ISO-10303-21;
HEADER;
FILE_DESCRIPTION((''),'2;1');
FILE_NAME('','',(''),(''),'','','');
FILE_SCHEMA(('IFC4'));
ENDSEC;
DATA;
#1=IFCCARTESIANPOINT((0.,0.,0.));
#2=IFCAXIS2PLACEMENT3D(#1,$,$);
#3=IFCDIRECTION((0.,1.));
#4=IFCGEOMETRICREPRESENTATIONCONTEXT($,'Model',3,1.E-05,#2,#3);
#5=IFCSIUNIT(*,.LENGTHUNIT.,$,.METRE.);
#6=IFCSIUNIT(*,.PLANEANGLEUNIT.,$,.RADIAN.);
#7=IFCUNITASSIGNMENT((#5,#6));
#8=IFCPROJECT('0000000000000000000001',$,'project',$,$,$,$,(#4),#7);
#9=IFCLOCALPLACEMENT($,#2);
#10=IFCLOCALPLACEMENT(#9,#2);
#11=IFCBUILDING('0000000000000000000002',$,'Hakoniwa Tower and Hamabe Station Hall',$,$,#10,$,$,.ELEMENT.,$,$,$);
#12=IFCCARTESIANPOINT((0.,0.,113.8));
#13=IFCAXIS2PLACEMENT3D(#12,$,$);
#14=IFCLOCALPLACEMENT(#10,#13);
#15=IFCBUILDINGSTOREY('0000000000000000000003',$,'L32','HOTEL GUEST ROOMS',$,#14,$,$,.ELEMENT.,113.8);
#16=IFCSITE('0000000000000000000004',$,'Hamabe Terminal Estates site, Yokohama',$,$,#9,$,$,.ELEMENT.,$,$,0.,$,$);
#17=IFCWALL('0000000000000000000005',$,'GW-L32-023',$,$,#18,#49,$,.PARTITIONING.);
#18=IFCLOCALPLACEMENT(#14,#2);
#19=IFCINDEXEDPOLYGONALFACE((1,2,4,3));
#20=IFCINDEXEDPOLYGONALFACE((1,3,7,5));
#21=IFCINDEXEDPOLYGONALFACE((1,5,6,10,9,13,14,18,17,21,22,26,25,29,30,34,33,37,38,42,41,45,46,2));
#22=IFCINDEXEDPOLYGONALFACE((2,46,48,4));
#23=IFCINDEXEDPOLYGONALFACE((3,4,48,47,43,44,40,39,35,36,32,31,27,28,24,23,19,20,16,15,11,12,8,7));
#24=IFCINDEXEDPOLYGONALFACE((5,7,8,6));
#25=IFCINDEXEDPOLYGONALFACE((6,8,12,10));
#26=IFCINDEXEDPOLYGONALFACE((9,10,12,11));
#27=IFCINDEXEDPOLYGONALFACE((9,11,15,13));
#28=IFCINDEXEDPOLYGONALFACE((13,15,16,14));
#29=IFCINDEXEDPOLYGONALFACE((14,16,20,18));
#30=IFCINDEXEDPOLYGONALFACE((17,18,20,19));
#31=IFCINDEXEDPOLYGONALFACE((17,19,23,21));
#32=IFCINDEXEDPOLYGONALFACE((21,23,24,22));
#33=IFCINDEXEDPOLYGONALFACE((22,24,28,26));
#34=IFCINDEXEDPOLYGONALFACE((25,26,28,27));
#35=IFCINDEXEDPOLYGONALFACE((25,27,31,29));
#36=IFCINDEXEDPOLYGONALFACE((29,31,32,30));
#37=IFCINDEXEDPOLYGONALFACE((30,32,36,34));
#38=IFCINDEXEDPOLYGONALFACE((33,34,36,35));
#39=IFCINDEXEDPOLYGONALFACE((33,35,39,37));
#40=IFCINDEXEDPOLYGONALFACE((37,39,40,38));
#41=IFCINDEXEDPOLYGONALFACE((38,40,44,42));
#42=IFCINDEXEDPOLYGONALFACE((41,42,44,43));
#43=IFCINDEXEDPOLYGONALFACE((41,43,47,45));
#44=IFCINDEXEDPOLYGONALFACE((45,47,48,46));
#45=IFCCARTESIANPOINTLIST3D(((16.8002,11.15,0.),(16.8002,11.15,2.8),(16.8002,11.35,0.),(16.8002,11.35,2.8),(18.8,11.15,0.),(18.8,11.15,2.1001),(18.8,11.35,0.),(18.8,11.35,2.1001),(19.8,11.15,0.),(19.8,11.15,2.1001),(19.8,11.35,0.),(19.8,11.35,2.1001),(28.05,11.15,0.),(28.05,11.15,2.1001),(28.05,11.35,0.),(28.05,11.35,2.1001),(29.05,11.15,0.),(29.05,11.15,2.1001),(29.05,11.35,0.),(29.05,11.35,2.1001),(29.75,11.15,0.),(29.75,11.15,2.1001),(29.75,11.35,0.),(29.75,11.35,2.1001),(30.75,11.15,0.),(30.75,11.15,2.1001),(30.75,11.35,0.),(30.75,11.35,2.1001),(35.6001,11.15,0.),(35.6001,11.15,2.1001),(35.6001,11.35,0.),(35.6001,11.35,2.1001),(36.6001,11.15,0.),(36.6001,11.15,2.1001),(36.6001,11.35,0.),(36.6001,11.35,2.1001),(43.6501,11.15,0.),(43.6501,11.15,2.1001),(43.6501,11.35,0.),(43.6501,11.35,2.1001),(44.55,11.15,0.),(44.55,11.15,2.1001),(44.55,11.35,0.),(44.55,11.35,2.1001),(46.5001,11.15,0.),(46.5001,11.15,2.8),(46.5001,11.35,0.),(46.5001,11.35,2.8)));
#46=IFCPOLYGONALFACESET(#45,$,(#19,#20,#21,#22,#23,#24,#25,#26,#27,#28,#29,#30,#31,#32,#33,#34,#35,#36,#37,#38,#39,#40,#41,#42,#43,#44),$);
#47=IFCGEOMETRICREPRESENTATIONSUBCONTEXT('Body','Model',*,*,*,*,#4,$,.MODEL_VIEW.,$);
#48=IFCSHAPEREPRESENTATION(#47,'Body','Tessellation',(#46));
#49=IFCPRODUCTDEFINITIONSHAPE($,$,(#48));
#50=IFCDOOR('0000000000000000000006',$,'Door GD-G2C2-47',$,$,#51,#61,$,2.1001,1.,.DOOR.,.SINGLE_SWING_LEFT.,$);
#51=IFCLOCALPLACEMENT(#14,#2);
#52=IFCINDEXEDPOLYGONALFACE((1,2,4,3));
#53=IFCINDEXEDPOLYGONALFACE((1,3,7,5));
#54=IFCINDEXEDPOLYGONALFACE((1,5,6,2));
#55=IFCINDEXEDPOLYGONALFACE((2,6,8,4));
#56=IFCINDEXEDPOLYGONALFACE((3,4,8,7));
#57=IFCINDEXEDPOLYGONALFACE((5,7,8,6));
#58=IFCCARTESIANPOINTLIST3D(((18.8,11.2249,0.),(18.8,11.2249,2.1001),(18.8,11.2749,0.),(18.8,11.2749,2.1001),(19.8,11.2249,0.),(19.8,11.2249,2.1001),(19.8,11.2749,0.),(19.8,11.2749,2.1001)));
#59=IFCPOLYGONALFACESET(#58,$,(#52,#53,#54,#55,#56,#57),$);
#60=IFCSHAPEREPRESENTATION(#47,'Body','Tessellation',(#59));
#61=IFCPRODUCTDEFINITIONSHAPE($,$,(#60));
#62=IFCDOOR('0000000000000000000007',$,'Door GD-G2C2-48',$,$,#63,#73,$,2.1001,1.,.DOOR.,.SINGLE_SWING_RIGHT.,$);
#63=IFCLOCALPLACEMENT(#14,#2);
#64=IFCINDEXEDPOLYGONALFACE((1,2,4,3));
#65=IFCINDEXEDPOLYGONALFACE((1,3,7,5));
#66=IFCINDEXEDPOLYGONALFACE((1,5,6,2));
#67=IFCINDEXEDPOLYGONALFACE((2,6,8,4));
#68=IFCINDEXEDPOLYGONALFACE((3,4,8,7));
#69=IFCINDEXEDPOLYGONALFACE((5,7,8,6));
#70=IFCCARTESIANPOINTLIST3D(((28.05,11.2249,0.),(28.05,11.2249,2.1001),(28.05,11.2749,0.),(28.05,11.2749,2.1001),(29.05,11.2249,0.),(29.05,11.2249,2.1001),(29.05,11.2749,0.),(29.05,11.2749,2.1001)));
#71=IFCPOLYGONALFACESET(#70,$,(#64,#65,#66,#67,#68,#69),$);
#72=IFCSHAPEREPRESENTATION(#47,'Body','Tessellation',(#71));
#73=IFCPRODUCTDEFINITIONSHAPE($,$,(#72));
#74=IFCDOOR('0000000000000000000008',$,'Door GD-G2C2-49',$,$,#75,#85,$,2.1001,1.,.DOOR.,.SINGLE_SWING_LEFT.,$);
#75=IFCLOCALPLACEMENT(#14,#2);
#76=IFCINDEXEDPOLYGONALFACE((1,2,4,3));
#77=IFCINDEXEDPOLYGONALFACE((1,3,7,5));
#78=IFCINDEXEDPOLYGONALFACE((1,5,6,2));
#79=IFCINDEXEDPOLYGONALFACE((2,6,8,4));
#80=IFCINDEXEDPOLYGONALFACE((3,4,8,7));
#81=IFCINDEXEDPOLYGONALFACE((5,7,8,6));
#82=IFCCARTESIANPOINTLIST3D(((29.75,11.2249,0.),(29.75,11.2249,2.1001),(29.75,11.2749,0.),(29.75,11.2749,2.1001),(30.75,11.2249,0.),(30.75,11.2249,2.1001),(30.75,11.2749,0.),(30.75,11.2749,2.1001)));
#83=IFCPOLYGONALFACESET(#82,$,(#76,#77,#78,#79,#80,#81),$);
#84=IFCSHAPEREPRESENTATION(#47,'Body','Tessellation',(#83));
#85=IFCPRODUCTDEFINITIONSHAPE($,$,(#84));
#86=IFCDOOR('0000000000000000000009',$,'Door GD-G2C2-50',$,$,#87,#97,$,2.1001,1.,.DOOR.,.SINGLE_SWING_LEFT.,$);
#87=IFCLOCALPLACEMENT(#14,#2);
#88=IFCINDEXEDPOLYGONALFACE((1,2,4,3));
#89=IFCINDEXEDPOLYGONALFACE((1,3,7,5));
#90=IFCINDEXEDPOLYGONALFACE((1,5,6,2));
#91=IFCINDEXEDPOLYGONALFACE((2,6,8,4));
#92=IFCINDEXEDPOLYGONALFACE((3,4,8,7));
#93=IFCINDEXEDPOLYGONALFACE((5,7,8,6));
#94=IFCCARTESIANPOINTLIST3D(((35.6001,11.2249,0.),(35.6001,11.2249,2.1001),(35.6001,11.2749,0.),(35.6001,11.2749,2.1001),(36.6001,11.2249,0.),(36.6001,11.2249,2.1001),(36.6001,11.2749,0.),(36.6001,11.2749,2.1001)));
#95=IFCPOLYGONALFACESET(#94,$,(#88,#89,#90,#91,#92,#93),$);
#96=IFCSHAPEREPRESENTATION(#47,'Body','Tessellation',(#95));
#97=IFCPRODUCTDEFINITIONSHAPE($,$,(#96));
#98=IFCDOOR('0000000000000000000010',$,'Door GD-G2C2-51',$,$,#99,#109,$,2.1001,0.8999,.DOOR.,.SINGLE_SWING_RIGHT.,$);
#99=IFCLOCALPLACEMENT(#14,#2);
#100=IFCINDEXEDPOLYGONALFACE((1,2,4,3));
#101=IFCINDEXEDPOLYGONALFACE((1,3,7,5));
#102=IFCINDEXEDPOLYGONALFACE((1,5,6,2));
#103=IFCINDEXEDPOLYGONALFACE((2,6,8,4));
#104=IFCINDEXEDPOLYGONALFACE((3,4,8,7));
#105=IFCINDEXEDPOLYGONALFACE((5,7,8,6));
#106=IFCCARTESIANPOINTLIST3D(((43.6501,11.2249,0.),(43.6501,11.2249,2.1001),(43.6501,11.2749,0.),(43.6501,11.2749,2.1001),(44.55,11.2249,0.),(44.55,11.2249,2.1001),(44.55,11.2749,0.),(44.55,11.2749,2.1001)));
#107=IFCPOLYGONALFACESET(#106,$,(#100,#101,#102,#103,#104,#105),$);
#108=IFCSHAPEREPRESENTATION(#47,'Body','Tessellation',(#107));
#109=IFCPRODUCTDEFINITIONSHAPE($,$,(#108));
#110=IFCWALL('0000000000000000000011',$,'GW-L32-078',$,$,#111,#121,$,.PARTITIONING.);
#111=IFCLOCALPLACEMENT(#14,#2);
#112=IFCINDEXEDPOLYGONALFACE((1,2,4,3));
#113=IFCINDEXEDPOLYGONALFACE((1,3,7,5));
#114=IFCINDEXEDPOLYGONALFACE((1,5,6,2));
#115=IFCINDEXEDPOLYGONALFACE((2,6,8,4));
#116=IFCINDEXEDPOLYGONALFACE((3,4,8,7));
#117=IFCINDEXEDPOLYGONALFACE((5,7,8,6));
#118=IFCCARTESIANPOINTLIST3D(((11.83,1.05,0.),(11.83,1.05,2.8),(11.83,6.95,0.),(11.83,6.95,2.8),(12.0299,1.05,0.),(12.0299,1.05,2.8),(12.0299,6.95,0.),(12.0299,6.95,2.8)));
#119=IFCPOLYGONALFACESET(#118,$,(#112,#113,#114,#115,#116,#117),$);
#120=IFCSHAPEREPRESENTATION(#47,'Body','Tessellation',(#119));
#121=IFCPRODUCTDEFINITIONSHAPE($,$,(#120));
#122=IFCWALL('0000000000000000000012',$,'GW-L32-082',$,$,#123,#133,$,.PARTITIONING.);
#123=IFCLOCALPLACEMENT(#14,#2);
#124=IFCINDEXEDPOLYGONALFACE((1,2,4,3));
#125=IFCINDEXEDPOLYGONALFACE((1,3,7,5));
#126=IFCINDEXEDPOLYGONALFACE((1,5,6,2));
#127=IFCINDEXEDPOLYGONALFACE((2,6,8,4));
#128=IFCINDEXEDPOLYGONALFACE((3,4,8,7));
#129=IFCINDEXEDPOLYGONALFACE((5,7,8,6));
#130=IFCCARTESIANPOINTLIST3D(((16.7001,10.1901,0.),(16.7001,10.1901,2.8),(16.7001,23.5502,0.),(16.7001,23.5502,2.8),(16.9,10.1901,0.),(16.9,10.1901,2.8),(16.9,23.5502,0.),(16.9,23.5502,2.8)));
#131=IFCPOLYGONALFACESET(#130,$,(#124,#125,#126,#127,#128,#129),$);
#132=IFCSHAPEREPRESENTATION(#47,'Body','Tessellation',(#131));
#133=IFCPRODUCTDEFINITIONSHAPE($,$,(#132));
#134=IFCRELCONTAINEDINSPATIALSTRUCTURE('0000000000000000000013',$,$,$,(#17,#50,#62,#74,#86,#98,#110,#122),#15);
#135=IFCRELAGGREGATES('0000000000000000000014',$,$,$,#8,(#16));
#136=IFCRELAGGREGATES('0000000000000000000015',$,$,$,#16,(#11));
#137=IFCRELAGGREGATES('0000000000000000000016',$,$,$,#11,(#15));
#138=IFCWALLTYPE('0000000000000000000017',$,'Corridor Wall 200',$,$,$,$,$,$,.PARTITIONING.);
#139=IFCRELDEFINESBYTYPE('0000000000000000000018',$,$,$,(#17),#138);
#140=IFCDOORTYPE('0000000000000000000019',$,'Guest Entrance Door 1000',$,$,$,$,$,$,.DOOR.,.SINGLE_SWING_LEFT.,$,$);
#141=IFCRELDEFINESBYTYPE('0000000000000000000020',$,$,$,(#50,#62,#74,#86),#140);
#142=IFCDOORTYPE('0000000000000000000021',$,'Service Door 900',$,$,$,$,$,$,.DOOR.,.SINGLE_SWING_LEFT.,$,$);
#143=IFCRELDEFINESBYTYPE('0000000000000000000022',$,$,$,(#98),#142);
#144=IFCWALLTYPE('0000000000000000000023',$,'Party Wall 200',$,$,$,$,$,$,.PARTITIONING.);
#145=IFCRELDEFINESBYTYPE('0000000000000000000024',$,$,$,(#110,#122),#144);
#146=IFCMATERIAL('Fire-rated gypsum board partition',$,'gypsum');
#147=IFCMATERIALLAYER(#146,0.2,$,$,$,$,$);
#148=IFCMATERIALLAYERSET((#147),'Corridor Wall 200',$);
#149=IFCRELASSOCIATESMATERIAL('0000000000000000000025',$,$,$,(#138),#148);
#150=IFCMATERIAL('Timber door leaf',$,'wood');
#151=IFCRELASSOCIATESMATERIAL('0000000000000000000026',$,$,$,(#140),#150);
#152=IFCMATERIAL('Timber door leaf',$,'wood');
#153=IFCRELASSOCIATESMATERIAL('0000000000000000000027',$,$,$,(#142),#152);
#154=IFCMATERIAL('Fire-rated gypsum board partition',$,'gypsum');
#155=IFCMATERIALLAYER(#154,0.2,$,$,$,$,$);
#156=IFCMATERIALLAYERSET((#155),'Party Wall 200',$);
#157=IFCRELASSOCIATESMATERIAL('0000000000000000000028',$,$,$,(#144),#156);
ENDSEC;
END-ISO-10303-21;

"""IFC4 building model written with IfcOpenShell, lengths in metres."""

from ifc_helpers import new_model, si_unit, direction, frame, frame_2d, origin, place, context, subcontext, project, spatial, rectangle, extrude, material, layer, layer_set, type_object, element, fill, save


model = new_model("IFC4")

# Units and contexts
model_context = context("Model", 3, precision=1e-05, world=origin(), true_north=direction((0.0, 1.0)))
body_context = subcontext(model_context, "Body", "Model", "MODEL_VIEW")
ifc_project = project(units=[si_unit("LENGTHUNIT", "METRE"), si_unit("PLANEANGLEUNIT", "RADIAN")], contexts=[model_context])

# Site, building, storey
site_placement = place(None, origin())
site = spatial("IfcSite", under=ifc_project, at=site_placement, Name="Hamabe Terminal Estates site, Yokohama", CompositionType="ELEMENT", RefElevation=0.0)
building_placement = place(site_placement, origin())
building = spatial("IfcBuilding", under=site, at=building_placement, Name="Hakoniwa Tower and Hamabe Station Hall", CompositionType="ELEMENT")
storey_placement = place(building_placement, frame((0.0, 0.0, 113.8)))
storey = spatial("IfcBuildingStorey", under=building, at=storey_placement, Name="L32", Description="HOTEL GUEST ROOMS", CompositionType="ELEMENT", Elevation=113.8)

# Wall, openings, doors
ifc_material_1 = material(Name="Fire-rated gypsum board partition", Category="gypsum")
ifc_layer_1 = layer(ifc_material_1, 0.2)
ifc_layer_set_1 = layer_set([ifc_layer_1], Name="Corridor Wall 200")
wall_type_1 = type_object("IfcWallType", Name="Corridor Wall 200", PredefinedType="PARTITIONING", material=ifc_layer_set_1)
wall_1_placement = place(storey_placement, frame((16.8, 11.25, 0.0), z_axis=(0.0, 0.0, 1.0), x_axis=(1.0, 0.0, 0.0)))
wall_1 = element("IfcWall", 1, at=wall_1_placement, inside=storey, type_object=wall_type_1, Name="GW-L32-023", PredefinedType="PARTITIONING", context=body_context, shape_type="SweptSolid", body=[
    extrude(rectangle(XDim=29.7, YDim=0.2, at=frame_2d((14.8501, 0.0))), origin(), (0.0, 0.0, 1.0), 2.8),
])
opening_1_placement = place(wall_1_placement, frame((2.0, 0.0, 0.0)))
opening_1 = element("IfcOpeningElement", 2, at=opening_1_placement, cuts=wall_1, PredefinedType="OPENING", context=body_context, shape_type="SweptSolid", body=[
    extrude(rectangle(XDim=1.0, YDim=2.1001, at=frame_2d((0.5, 1.05))), frame((0.0, 0.1099, 0.0), z_axis=(0.0, -1.0, 0.0), x_axis=(1.0, 0.0, 0.0)), (0.0, 0.0, 1.0), 0.22),
])
opening_2_placement = place(wall_1_placement, frame((11.25, 0.0, 0.0)))
opening_2 = element("IfcOpeningElement", 3, at=opening_2_placement, cuts=wall_1, PredefinedType="OPENING", context=body_context, shape_type="SweptSolid", body=[
    extrude(rectangle(XDim=1.0, YDim=2.1001, at=frame_2d((0.5, 1.05))), frame((0.0, 0.1099, 0.0), z_axis=(0.0, -1.0, 0.0), x_axis=(1.0, 0.0, 0.0)), (0.0, 0.0, 1.0), 0.22),
])
opening_3_placement = place(wall_1_placement, frame((12.95, 0.0, 0.0)))
opening_3 = element("IfcOpeningElement", 4, at=opening_3_placement, cuts=wall_1, PredefinedType="OPENING", context=body_context, shape_type="SweptSolid", body=[
    extrude(rectangle(XDim=1.0, YDim=2.1001, at=frame_2d((0.5, 1.05))), frame((0.0, 0.1099, 0.0), z_axis=(0.0, -1.0, 0.0), x_axis=(1.0, 0.0, 0.0)), (0.0, 0.0, 1.0), 0.22),
])
opening_4_placement = place(wall_1_placement, frame((18.8, 0.0, 0.0)))
opening_4 = element("IfcOpeningElement", 5, at=opening_4_placement, cuts=wall_1, PredefinedType="OPENING", context=body_context, shape_type="SweptSolid", body=[
    extrude(rectangle(XDim=1.0, YDim=2.1001, at=frame_2d((0.5, 1.05))), frame((0.0, 0.1099, 0.0), z_axis=(0.0, -1.0, 0.0), x_axis=(1.0, 0.0, 0.0)), (0.0, 0.0, 1.0), 0.22),
])
opening_5_placement = place(wall_1_placement, frame((26.8501, 0.0, 0.0)))
opening_5 = element("IfcOpeningElement", 6, at=opening_5_placement, cuts=wall_1, PredefinedType="OPENING", context=body_context, shape_type="SweptSolid", body=[
    extrude(rectangle(XDim=0.8999, YDim=2.1001, at=frame_2d((0.45, 1.05))), frame((0.0, 0.1099, 0.0), z_axis=(0.0, -1.0, 0.0), x_axis=(1.0, 0.0, 0.0)), (0.0, 0.0, 1.0), 0.22),
])
ifc_material_2 = material(Name="Timber door leaf", Category="wood")
door_type_1 = type_object("IfcDoorType", Name="Guest Entrance Door 1000", OperationType="SINGLE_SWING_LEFT", PredefinedType="DOOR", material=ifc_material_2)
door_1_placement = place(opening_1_placement, origin())
door_1 = element("IfcDoor", 7, at=door_1_placement, inside=storey, type_object=door_type_1, Name="Door GD-G2C2-47", OperationType="SINGLE_SWING_LEFT", OverallHeight=2.1001, OverallWidth=1.0, PredefinedType="DOOR", context=body_context, shape_type="SweptSolid", body=[
    extrude(rectangle(XDim=1.0, YDim=2.1001, at=frame_2d((0.5, 1.05))), frame((0.0, 0.0249, 0.0), z_axis=(0.0, -1.0, 0.0), x_axis=(1.0, 0.0, 0.0)), (0.0, 0.0, 1.0), 0.05),
])
fill(opening_1, door_1)
door_2_placement = place(opening_2_placement, origin())
door_2 = element("IfcDoor", 8, at=door_2_placement, inside=storey, type_object=door_type_1, Name="Door GD-G2C2-48", OperationType="SINGLE_SWING_RIGHT", OverallHeight=2.1001, OverallWidth=1.0, PredefinedType="DOOR", context=body_context, shape_type="SweptSolid", body=[
    extrude(rectangle(XDim=1.0, YDim=2.1001, at=frame_2d((0.5, 1.05))), frame((0.0, 0.0249, 0.0), z_axis=(0.0, -1.0, 0.0), x_axis=(1.0, 0.0, 0.0)), (0.0, 0.0, 1.0), 0.05),
])
fill(opening_2, door_2)
door_3_placement = place(opening_3_placement, origin())
door_3 = element("IfcDoor", 9, at=door_3_placement, inside=storey, type_object=door_type_1, Name="Door GD-G2C2-49", OperationType="SINGLE_SWING_LEFT", OverallHeight=2.1001, OverallWidth=1.0, PredefinedType="DOOR", context=body_context, shape_type="SweptSolid", body=[
    extrude(rectangle(XDim=1.0, YDim=2.1001, at=frame_2d((0.5, 1.05))), frame((0.0, 0.0249, 0.0), z_axis=(0.0, -1.0, 0.0), x_axis=(1.0, 0.0, 0.0)), (0.0, 0.0, 1.0), 0.05),
])
fill(opening_3, door_3)
door_4_placement = place(opening_4_placement, origin())
door_4 = element("IfcDoor", 10, at=door_4_placement, inside=storey, type_object=door_type_1, Name="Door GD-G2C2-50", OperationType="SINGLE_SWING_LEFT", OverallHeight=2.1001, OverallWidth=1.0, PredefinedType="DOOR", context=body_context, shape_type="SweptSolid", body=[
    extrude(rectangle(XDim=1.0, YDim=2.1001, at=frame_2d((0.5, 1.05))), frame((0.0, 0.0249, 0.0), z_axis=(0.0, -1.0, 0.0), x_axis=(1.0, 0.0, 0.0)), (0.0, 0.0, 1.0), 0.05),
])
fill(opening_4, door_4)
ifc_material_3 = material(Name="Timber door leaf", Category="wood")
door_type_2 = type_object("IfcDoorType", Name="Service Door 900", OperationType="SINGLE_SWING_LEFT", PredefinedType="DOOR", material=ifc_material_3)
door_5_placement = place(opening_5_placement, origin())
door_5 = element("IfcDoor", 11, at=door_5_placement, inside=storey, type_object=door_type_2, Name="Door GD-G2C2-51", OperationType="SINGLE_SWING_RIGHT", OverallHeight=2.1001, OverallWidth=0.8999, PredefinedType="DOOR", context=body_context, shape_type="SweptSolid", body=[
    extrude(rectangle(XDim=0.8999, YDim=2.1001, at=frame_2d((0.45, 1.05))), frame((0.0, 0.0249, 0.0), z_axis=(0.0, -1.0, 0.0), x_axis=(1.0, 0.0, 0.0)), (0.0, 0.0, 1.0), 0.05),
])
fill(opening_5, door_5)

# Walls
ifc_material_4 = material(Name="Fire-rated gypsum board partition", Category="gypsum")
ifc_layer_2 = layer(ifc_material_4, 0.2)
ifc_layer_set_2 = layer_set([ifc_layer_2], Name="Party Wall 200")
wall_type_2 = type_object("IfcWallType", Name="Party Wall 200", PredefinedType="PARTITIONING", material=ifc_layer_set_2)
wall_2_placement = place(storey_placement, frame((11.9299, 1.05, 0.0), z_axis=(0.0, 0.0, 1.0), x_axis=(0.0, 1.0, 0.0)))
element("IfcWall", 12, at=wall_2_placement, inside=storey, type_object=wall_type_2, Name="GW-L32-078", PredefinedType="PARTITIONING", context=body_context, shape_type="SweptSolid", body=[
    extrude(rectangle(XDim=5.8999, YDim=0.2, at=frame_2d((2.95, 0.0))), origin(), (0.0, 0.0, 1.0), 2.8),
])
wall_3_placement = place(storey_placement, frame((16.8, 10.1899, 0.0), z_axis=(0.0, 0.0, 1.0), x_axis=(0.0, 1.0, 0.0)))
element("IfcWall", 13, at=wall_3_placement, inside=storey, type_object=wall_type_2, Name="GW-L32-082", PredefinedType="PARTITIONING", context=body_context, shape_type="SweptSolid", body=[
    extrude(rectangle(XDim=13.3601, YDim=0.2, at=frame_2d((6.6802, 0.0))), origin(), (0.0, 0.0, 1.0), 2.8),
])

save(model, "model.ifc")
